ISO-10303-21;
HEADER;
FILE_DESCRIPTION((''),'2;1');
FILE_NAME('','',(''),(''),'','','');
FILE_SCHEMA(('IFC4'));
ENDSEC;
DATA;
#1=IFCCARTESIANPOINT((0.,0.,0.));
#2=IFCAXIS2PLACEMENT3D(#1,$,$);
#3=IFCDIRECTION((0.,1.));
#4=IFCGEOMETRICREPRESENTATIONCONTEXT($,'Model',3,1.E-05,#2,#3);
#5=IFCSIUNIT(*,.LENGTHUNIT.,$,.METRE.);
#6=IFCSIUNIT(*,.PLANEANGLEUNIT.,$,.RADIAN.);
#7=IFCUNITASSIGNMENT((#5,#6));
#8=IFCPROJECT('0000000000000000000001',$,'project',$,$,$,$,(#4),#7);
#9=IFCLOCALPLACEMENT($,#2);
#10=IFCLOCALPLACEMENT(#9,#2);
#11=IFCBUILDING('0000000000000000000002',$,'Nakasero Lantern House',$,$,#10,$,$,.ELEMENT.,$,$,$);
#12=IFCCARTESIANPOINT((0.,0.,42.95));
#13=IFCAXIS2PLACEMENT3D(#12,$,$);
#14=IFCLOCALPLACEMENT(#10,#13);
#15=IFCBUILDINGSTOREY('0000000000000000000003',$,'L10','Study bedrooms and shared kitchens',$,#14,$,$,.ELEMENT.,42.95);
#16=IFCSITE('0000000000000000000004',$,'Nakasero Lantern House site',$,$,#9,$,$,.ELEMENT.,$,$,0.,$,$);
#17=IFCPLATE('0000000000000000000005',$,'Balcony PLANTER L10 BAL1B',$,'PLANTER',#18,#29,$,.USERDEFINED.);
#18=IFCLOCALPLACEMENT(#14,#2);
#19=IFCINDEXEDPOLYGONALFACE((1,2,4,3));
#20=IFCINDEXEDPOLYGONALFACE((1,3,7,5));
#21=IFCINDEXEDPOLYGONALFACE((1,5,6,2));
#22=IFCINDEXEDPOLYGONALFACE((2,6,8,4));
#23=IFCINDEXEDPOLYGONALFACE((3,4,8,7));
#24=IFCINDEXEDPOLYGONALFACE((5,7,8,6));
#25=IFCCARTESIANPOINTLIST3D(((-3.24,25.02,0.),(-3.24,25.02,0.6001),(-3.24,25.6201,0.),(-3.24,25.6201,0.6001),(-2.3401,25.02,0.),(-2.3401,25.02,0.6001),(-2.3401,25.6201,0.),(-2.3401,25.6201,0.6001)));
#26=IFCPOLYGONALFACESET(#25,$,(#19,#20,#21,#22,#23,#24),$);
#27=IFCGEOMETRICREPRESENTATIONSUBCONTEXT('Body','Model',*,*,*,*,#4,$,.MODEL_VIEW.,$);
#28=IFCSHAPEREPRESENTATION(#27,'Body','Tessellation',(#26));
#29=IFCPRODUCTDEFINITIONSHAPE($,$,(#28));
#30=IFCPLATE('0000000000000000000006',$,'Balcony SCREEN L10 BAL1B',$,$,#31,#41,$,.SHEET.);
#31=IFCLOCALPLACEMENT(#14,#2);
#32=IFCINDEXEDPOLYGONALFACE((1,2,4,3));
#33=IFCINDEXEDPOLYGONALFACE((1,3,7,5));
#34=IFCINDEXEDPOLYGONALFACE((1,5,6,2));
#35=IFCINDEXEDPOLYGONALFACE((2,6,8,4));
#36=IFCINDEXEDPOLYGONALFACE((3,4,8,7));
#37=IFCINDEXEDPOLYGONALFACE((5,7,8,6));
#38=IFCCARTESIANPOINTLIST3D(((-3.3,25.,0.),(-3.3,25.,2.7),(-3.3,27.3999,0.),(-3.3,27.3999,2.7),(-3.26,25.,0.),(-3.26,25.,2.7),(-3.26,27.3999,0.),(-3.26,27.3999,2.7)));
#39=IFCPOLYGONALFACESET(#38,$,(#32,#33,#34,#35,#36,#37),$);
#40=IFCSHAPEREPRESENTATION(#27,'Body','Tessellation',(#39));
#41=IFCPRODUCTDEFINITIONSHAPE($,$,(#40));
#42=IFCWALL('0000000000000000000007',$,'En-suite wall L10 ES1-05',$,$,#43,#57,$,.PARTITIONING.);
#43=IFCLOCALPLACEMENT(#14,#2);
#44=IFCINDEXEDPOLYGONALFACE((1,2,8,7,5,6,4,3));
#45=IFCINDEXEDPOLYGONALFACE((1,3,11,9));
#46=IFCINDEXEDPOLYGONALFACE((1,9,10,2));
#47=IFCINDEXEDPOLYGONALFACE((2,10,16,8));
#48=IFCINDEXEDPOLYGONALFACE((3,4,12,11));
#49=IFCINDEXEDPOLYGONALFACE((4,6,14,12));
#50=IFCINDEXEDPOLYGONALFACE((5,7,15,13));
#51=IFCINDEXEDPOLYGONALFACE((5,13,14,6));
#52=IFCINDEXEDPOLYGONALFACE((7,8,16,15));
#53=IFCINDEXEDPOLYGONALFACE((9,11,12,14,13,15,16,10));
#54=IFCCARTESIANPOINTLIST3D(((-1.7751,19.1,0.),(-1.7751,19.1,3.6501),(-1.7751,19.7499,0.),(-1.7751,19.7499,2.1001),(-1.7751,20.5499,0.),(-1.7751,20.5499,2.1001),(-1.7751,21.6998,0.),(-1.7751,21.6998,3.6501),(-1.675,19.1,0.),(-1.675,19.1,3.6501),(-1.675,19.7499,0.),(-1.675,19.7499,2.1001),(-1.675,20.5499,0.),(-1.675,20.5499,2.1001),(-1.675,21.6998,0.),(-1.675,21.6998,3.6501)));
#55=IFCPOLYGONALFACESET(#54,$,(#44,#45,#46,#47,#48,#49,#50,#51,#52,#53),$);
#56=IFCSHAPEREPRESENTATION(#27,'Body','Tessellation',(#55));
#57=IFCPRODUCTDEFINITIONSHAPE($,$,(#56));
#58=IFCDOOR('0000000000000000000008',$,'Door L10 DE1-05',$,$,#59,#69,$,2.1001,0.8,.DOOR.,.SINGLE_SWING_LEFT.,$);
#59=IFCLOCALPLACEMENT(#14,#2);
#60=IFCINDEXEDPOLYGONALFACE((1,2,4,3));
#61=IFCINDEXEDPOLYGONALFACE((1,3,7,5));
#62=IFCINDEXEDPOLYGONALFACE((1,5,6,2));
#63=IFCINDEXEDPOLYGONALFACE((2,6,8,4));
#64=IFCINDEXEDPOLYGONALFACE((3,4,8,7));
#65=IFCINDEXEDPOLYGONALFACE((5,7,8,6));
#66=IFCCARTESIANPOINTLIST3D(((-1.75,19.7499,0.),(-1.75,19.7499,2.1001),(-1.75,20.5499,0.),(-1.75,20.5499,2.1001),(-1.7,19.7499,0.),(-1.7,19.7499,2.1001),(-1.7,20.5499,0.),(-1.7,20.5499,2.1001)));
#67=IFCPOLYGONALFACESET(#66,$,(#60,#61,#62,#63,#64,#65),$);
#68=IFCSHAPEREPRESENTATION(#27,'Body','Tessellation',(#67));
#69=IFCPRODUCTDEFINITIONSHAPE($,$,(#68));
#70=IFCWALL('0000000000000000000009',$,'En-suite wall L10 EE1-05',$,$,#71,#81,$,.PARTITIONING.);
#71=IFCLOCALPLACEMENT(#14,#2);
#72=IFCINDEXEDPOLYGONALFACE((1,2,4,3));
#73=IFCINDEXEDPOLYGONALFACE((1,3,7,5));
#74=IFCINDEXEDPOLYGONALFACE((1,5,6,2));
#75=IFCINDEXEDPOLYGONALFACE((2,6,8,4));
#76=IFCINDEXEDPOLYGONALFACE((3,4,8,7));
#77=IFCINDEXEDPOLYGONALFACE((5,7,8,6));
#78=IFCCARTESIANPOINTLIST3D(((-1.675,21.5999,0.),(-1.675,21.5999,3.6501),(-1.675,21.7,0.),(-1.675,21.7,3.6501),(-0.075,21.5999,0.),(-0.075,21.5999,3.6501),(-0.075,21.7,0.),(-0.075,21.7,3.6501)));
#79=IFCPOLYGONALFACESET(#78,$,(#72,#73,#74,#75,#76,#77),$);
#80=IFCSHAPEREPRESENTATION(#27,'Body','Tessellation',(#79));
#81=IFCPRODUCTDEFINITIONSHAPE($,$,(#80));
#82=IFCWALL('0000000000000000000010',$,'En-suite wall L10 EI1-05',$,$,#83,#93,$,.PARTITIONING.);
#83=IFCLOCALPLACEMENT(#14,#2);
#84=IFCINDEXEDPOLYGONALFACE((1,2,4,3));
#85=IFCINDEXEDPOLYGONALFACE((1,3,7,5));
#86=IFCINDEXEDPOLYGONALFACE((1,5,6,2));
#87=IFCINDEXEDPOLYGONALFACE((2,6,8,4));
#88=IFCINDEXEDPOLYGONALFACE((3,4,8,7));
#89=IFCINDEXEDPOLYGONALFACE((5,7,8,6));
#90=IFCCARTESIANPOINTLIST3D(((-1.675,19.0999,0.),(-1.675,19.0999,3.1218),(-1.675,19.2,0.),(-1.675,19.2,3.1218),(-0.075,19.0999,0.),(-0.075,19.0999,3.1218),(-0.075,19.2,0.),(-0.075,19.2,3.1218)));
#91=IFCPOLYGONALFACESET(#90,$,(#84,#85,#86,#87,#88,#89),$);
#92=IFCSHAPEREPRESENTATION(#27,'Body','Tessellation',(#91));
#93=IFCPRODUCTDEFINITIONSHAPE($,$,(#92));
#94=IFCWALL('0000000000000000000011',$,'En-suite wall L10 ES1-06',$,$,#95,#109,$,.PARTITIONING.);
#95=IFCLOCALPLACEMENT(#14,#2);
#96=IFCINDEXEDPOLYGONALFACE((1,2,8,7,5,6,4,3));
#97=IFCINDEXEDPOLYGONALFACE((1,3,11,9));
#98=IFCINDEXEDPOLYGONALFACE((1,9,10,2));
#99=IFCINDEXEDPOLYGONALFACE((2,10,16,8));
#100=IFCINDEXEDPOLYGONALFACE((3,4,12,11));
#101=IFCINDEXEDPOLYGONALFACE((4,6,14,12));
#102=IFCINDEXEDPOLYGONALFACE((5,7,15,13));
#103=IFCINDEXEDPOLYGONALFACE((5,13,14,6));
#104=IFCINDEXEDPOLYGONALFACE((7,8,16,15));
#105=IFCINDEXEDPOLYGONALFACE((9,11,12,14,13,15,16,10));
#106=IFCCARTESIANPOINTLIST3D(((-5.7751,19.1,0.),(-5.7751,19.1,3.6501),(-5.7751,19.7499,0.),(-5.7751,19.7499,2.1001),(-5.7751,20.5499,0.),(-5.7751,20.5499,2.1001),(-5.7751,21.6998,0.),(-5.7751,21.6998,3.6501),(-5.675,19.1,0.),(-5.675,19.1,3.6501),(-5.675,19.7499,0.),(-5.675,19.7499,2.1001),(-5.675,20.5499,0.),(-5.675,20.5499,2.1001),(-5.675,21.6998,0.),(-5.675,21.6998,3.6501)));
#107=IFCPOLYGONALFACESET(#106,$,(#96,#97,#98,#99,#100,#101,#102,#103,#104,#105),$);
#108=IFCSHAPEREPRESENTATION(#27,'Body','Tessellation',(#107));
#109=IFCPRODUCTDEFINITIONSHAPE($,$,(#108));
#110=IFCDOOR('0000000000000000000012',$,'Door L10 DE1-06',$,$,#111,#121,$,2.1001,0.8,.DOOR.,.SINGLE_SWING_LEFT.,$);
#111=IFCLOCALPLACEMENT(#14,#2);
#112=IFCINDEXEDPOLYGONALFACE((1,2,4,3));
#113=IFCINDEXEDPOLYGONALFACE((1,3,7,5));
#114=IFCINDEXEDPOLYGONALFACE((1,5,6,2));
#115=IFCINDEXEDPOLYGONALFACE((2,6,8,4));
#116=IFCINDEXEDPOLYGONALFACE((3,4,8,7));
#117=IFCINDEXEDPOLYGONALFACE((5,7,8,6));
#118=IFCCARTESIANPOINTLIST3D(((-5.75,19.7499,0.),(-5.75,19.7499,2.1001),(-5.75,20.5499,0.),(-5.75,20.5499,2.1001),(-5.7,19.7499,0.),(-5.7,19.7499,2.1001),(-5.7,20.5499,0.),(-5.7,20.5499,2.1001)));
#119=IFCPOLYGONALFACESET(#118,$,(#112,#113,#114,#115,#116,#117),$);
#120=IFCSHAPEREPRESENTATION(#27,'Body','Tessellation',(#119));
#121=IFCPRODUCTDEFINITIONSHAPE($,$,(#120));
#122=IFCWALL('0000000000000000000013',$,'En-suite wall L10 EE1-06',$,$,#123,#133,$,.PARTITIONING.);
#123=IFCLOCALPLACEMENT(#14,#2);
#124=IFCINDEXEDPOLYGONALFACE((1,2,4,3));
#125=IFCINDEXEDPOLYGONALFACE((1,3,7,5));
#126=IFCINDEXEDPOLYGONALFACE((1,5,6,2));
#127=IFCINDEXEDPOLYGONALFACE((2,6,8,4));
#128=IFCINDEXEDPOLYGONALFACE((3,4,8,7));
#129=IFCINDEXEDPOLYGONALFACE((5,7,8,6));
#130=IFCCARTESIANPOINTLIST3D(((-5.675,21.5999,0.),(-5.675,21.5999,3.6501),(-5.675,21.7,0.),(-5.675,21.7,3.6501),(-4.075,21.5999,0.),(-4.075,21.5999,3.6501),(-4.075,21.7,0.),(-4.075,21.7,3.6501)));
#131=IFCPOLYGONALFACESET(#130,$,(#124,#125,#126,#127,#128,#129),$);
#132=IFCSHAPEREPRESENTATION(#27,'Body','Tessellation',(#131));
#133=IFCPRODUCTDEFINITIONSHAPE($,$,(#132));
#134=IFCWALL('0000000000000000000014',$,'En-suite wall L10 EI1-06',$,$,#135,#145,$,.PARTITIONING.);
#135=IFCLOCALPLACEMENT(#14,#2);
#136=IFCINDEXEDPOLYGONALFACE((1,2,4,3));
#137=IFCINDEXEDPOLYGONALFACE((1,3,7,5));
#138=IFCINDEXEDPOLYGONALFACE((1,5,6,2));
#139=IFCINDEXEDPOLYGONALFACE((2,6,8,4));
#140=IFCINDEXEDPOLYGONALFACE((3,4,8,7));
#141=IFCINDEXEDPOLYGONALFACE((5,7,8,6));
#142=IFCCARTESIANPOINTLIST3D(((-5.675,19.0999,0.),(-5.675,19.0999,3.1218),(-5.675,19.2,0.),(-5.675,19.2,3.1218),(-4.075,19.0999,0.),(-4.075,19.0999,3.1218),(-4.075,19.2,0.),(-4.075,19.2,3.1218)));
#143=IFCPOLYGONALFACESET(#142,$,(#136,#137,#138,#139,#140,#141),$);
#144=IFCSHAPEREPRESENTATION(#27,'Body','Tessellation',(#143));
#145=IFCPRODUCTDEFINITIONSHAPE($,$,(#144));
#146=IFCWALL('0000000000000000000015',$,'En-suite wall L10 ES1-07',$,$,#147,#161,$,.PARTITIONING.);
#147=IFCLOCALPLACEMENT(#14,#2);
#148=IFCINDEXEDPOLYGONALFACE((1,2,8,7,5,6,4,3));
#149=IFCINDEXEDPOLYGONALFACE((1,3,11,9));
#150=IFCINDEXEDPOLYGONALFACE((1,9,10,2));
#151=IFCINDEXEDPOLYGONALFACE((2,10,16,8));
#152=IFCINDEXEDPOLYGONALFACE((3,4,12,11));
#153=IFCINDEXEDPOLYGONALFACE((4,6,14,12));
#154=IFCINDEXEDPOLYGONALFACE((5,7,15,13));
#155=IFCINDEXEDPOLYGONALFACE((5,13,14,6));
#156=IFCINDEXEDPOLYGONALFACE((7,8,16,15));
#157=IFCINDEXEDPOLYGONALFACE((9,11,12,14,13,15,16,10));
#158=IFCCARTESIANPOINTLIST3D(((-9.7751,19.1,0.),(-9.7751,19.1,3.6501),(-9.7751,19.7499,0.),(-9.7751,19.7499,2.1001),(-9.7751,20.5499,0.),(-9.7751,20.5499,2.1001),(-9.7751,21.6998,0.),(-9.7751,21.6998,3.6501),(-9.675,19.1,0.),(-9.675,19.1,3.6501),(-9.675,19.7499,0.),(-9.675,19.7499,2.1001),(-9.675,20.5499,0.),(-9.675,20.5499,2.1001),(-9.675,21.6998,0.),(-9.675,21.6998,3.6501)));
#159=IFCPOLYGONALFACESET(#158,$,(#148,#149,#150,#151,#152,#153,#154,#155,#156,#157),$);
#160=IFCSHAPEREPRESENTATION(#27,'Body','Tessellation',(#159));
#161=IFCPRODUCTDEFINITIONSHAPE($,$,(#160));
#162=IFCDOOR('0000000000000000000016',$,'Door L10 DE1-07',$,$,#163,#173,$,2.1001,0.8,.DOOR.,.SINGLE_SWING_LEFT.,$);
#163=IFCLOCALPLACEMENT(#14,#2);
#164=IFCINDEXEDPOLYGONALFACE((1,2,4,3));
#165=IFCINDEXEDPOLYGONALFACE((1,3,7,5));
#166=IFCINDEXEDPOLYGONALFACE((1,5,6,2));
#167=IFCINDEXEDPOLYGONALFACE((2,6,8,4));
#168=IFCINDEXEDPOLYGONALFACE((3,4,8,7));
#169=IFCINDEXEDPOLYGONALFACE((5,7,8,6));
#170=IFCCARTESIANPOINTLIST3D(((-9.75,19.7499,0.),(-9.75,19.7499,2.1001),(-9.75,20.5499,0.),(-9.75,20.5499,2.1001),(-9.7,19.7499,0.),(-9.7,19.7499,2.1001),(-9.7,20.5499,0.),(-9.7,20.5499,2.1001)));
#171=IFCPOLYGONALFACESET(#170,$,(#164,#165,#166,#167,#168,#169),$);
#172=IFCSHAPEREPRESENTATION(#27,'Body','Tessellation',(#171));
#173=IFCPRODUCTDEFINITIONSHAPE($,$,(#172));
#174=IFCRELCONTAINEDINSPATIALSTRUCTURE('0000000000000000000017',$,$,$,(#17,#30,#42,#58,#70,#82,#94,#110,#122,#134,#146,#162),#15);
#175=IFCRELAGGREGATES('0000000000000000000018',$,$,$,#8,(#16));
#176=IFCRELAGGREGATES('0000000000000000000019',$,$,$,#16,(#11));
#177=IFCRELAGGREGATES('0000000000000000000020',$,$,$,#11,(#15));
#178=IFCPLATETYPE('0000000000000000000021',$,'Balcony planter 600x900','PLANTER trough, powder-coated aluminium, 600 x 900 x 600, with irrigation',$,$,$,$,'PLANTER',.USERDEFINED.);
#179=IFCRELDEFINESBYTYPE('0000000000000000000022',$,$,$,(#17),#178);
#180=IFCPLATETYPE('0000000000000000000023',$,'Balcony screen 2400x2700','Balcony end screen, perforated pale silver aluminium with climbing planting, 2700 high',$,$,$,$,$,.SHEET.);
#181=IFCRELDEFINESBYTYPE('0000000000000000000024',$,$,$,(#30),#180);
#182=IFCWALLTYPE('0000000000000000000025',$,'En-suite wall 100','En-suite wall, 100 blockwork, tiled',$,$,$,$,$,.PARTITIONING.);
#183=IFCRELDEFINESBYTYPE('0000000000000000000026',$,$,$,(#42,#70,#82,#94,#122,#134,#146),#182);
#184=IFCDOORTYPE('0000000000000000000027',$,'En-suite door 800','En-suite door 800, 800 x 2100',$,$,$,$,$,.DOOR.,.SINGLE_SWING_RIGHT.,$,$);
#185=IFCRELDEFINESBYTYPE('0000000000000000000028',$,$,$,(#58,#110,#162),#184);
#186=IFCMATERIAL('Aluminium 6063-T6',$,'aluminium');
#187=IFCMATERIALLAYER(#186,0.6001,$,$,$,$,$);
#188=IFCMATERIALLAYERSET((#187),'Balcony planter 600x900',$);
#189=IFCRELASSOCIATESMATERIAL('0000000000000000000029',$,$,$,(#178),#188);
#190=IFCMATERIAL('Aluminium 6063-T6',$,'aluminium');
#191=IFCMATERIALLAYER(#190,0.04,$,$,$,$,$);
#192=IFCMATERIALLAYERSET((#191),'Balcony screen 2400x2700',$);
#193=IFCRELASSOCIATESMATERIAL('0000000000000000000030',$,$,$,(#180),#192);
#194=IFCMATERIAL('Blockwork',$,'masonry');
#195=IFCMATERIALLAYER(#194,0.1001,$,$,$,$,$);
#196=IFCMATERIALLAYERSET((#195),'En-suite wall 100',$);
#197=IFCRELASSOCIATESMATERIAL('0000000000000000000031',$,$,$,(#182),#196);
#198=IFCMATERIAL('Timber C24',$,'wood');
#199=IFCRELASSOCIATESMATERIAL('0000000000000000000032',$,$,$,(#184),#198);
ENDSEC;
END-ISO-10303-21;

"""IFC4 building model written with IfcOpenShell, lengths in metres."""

from ifc_helpers import new_model, si_unit, direction, frame, frame_2d, origin, origin_2d, place, context, subcontext, project, spatial, rectangle, extrude, material, layer, layer_set, type_object, element, fill, save


model = new_model("IFC4")

# Units and contexts
model_context = context("Model", 3, precision=1e-05, world=origin(), true_north=direction((0.0, 1.0)))
body_context = subcontext(model_context, "Body", "Model", "MODEL_VIEW")
ifc_project = project(units=[si_unit("LENGTHUNIT", "METRE"), si_unit("PLANEANGLEUNIT", "RADIAN")], contexts=[model_context])

# Site, building, storey
site_placement = place(None, origin())
site = spatial("IfcSite", under=ifc_project, at=site_placement, Name="Nakasero Lantern House site", CompositionType="ELEMENT", RefElevation=0.0)
building_placement = place(site_placement, origin())
building = spatial("IfcBuilding", under=site, at=building_placement, Name="Nakasero Lantern House", CompositionType="ELEMENT")
storey_placement = place(building_placement, frame((0.0, 0.0, 42.95)))
storey = spatial("IfcBuildingStorey", under=building, at=storey_placement, Name="L10", Description="Study bedrooms and shared kitchens", CompositionType="ELEMENT", Elevation=42.95)

# Plates
ifc_material_1 = material(Name="Aluminium 6063-T6", Category="aluminium")
ifc_layer_1 = layer(ifc_material_1, 0.6001)
ifc_layer_set_1 = layer_set([ifc_layer_1], Name="Balcony planter 600x900")
plate_type_1 = type_object("IfcPlateType", Name="Balcony planter 600x900", Description="PLANTER trough, powder-coated aluminium, 600 x 900 x 600, with irrigation", ElementType="PLANTER", PredefinedType="USERDEFINED", material=ifc_layer_set_1)
plate_1_placement = place(storey_placement, frame((-2.79, 25.3201, 0.0), z_axis=(0.0, 0.0, 1.0), x_axis=(0.0, 1.0, 0.0)))
element("IfcPlate", 1, at=plate_1_placement, inside=storey, type_object=plate_type_1, Name="Balcony PLANTER L10 BAL1B", ObjectType="PLANTER", PredefinedType="USERDEFINED", context=body_context, shape_type="SweptSolid", body=[
    extrude(rectangle(XDim=0.6001, YDim=0.8999, at=origin_2d()), origin(), (0.0, 0.0, 1.0), 0.6001),
])
ifc_material_2 = material(Name="Aluminium 6063-T6", Category="aluminium")
ifc_layer_2 = layer(ifc_material_2, 0.04)
ifc_layer_set_2 = layer_set([ifc_layer_2], Name="Balcony screen 2400x2700")
plate_type_2 = type_object("IfcPlateType", Name="Balcony screen 2400x2700", Description="Balcony end screen, perforated pale silver aluminium with climbing planting, 2700 high", PredefinedType="SHEET", material=ifc_layer_set_2)
plate_2_placement = place(storey_placement, frame((-3.28, 26.2, 0.0), z_axis=(0.0, 0.0, 1.0), x_axis=(0.0, 1.0, 0.0)))
element("IfcPlate", 2, at=plate_2_placement, inside=storey, type_object=plate_type_2, Name="Balcony SCREEN L10 BAL1B", PredefinedType="SHEET", context=body_context, shape_type="SweptSolid", body=[
    extrude(rectangle(XDim=2.3999, YDim=0.04, at=origin_2d()), origin(), (0.0, 0.0, 1.0), 2.7),
])

# Wall, opening, door
ifc_material_3 = material(Name="Blockwork", Category="masonry")
ifc_layer_3 = layer(ifc_material_3, 0.1001)
ifc_layer_set_3 = layer_set([ifc_layer_3], Name="En-suite wall 100")
wall_type_1 = type_object("IfcWallType", Name="En-suite wall 100", Description="En-suite wall, 100 blockwork, tiled", PredefinedType="PARTITIONING", material=ifc_layer_set_3)
wall_1_placement = place(storey_placement, frame((-1.7251, 19.1001, 0.0), z_axis=(0.0, 0.0, 1.0), x_axis=(0.0, 1.0, 0.0)))
wall_1 = element("IfcWall", 3, at=wall_1_placement, inside=storey, type_object=wall_type_1, Name="En-suite wall L10 ES1-05", PredefinedType="PARTITIONING", context=body_context, shape_type="SweptSolid", body=[
    extrude(rectangle(XDim=2.5999, YDim=0.1001, at=frame_2d((1.2998, 0.0))), origin(), (0.0, 0.0, 1.0), 3.6501),
])
opening_1_placement = place(wall_1_placement, frame((0.6499, 0.0, 0.0)))
opening_1 = element("IfcOpeningElement", 4, at=opening_1_placement, cuts=wall_1, PredefinedType="OPENING", context=body_context, shape_type="SweptSolid", body=[
    extrude(rectangle(XDim=0.8, YDim=2.1001, at=frame_2d((0.3999, 1.05))), frame((0.0, 0.0701, 0.0), z_axis=(0.0, -1.0, 0.0), x_axis=(1.0, 0.0, 0.0)), (0.0, 0.0, 1.0), 0.1401),
])
ifc_material_4 = material(Name="Timber C24", Category="wood")
door_type = type_object("IfcDoorType", Name="En-suite door 800", Description="En-suite door 800, 800 x 2100", OperationType="SINGLE_SWING_RIGHT", PredefinedType="DOOR", material=ifc_material_4)
door_1_placement = place(opening_1_placement, origin())
door_1 = element("IfcDoor", 5, at=door_1_placement, inside=storey, type_object=door_type, Name="Door L10 DE1-05", OperationType="SINGLE_SWING_LEFT", OverallHeight=2.1001, OverallWidth=0.8, PredefinedType="DOOR", context=body_context, shape_type="SweptSolid", body=[
    extrude(rectangle(XDim=0.8, YDim=2.1001, at=frame_2d((0.3999, 1.05))), frame((0.0, 0.0249, 0.0), z_axis=(0.0, -1.0, 0.0), x_axis=(1.0, 0.0, 0.0)), (0.0, 0.0, 1.0), 0.05),
])
fill(opening_1, door_1)

# Walls
wall_2_placement = place(storey_placement, frame((-0.075, 21.6499, 0.0), z_axis=(0.0, 0.0, 1.0), x_axis=(-1.0, 0.0, 0.0)))
element("IfcWall", 6, at=wall_2_placement, inside=storey, type_object=wall_type_1, Name="En-suite wall L10 EE1-05", PredefinedType="PARTITIONING", context=body_context, shape_type="SweptSolid", body=[
    extrude(rectangle(XDim=1.6001, YDim=0.1001, at=frame_2d((0.8, 0.0))), origin(), (0.0, 0.0, 1.0), 3.6501),
])
wall_3_placement = place(storey_placement, frame((-0.075, 19.1499, 0.0), z_axis=(0.0, 0.0, 1.0), x_axis=(-1.0, 0.0, 0.0)))
element("IfcWall", 7, at=wall_3_placement, inside=storey, type_object=wall_type_1, Name="En-suite wall L10 EI1-05", PredefinedType="PARTITIONING", context=body_context, shape_type="SweptSolid", body=[
    extrude(rectangle(XDim=1.6001, YDim=0.1001, at=frame_2d((0.8, 0.0))), origin(), (0.0, 0.0, 1.0), 3.1218),
])

# Wall, opening, door
wall_4_placement = place(storey_placement, frame((-5.7251, 19.1001, 0.0), z_axis=(0.0, 0.0, 1.0), x_axis=(0.0, 1.0, 0.0)))
wall_4 = element("IfcWall", 8, at=wall_4_placement, inside=storey, type_object=wall_type_1, Name="En-suite wall L10 ES1-06", PredefinedType="PARTITIONING", context=body_context, shape_type="SweptSolid", body=[
    extrude(rectangle(XDim=2.5999, YDim=0.1001, at=frame_2d((1.2998, 0.0))), origin(), (0.0, 0.0, 1.0), 3.6501),
])
opening_2_placement = place(wall_4_placement, frame((0.6499, 0.0, 0.0)))
opening_2 = element("IfcOpeningElement", 9, at=opening_2_placement, cuts=wall_4, PredefinedType="OPENING", context=body_context, shape_type="SweptSolid", body=[
    extrude(rectangle(XDim=0.8, YDim=2.1001, at=frame_2d((0.3999, 1.05))), frame((0.0, 0.0701, 0.0), z_axis=(0.0, -1.0, 0.0), x_axis=(1.0, 0.0, 0.0)), (0.0, 0.0, 1.0), 0.1401),
])
door_2_placement = place(opening_2_placement, origin())
door_2 = element("IfcDoor", 10, at=door_2_placement, inside=storey, type_object=door_type, Name="Door L10 DE1-06", OperationType="SINGLE_SWING_LEFT", OverallHeight=2.1001, OverallWidth=0.8, PredefinedType="DOOR", context=body_context, shape_type="SweptSolid", body=[
    extrude(rectangle(XDim=0.8, YDim=2.1001, at=frame_2d((0.3999, 1.05))), frame((0.0, 0.0249, 0.0), z_axis=(0.0, -1.0, 0.0), x_axis=(1.0, 0.0, 0.0)), (0.0, 0.0, 1.0), 0.05),
])
fill(opening_2, door_2)

# Walls
wall_5_placement = place(storey_placement, frame((-4.075, 21.6499, 0.0), z_axis=(0.0, 0.0, 1.0), x_axis=(-1.0, 0.0, 0.0)))
element("IfcWall", 11, at=wall_5_placement, inside=storey, type_object=wall_type_1, Name="En-suite wall L10 EE1-06", PredefinedType="PARTITIONING", context=body_context, shape_type="SweptSolid", body=[
    extrude(rectangle(XDim=1.6001, YDim=0.1001, at=frame_2d((0.8, 0.0))), origin(), (0.0, 0.0, 1.0), 3.6501),
])
wall_6_placement = place(storey_placement, frame((-4.075, 19.1499, 0.0), z_axis=(0.0, 0.0, 1.0), x_axis=(-1.0, 0.0, 0.0)))
element("IfcWall", 12, at=wall_6_placement, inside=storey, type_object=wall_type_1, Name="En-suite wall L10 EI1-06", PredefinedType="PARTITIONING", context=body_context, shape_type="SweptSolid", body=[
    extrude(rectangle(XDim=1.6001, YDim=0.1001, at=frame_2d((0.8, 0.0))), origin(), (0.0, 0.0, 1.0), 3.1218),
])

# Wall, opening, door
wall_7_placement = place(storey_placement, frame((-9.7251, 19.1001, 0.0), z_axis=(0.0, 0.0, 1.0), x_axis=(0.0, 1.0, 0.0)))
wall_7 = element("IfcWall", 13, at=wall_7_placement, inside=storey, type_object=wall_type_1, Name="En-suite wall L10 ES1-07", PredefinedType="PARTITIONING", context=body_context, shape_type="SweptSolid", body=[
    extrude(rectangle(XDim=2.5999, YDim=0.1001, at=frame_2d((1.2998, 0.0))), origin(), (0.0, 0.0, 1.0), 3.6501),
])
opening_3_placement = place(wall_7_placement, frame((0.6499, 0.0, 0.0)))
opening_3 = element("IfcOpeningElement", 14, at=opening_3_placement, cuts=wall_7, PredefinedType="OPENING", context=body_context, shape_type="SweptSolid", body=[
    extrude(rectangle(XDim=0.8, YDim=2.1001, at=frame_2d((0.3999, 1.05))), frame((0.0, 0.0701, 0.0), z_axis=(0.0, -1.0, 0.0), x_axis=(1.0, 0.0, 0.0)), (0.0, 0.0, 1.0), 0.1401),
])
door_3_placement = place(opening_3_placement, origin())
door_3 = element("IfcDoor", 15, at=door_3_placement, inside=storey, type_object=door_type, Name="Door L10 DE1-07", OperationType="SINGLE_SWING_LEFT", OverallHeight=2.1001, OverallWidth=0.8, PredefinedType="DOOR", context=body_context, shape_type="SweptSolid", body=[
    extrude(rectangle(XDim=0.8, YDim=2.1001, at=frame_2d((0.3999, 1.05))), frame((0.0, 0.0249, 0.0), z_axis=(0.0, -1.0, 0.0), x_axis=(1.0, 0.0, 0.0)), (0.0, 0.0, 1.0), 0.05),
])
fill(opening_3, door_3)

save(model, "model.ifc")
